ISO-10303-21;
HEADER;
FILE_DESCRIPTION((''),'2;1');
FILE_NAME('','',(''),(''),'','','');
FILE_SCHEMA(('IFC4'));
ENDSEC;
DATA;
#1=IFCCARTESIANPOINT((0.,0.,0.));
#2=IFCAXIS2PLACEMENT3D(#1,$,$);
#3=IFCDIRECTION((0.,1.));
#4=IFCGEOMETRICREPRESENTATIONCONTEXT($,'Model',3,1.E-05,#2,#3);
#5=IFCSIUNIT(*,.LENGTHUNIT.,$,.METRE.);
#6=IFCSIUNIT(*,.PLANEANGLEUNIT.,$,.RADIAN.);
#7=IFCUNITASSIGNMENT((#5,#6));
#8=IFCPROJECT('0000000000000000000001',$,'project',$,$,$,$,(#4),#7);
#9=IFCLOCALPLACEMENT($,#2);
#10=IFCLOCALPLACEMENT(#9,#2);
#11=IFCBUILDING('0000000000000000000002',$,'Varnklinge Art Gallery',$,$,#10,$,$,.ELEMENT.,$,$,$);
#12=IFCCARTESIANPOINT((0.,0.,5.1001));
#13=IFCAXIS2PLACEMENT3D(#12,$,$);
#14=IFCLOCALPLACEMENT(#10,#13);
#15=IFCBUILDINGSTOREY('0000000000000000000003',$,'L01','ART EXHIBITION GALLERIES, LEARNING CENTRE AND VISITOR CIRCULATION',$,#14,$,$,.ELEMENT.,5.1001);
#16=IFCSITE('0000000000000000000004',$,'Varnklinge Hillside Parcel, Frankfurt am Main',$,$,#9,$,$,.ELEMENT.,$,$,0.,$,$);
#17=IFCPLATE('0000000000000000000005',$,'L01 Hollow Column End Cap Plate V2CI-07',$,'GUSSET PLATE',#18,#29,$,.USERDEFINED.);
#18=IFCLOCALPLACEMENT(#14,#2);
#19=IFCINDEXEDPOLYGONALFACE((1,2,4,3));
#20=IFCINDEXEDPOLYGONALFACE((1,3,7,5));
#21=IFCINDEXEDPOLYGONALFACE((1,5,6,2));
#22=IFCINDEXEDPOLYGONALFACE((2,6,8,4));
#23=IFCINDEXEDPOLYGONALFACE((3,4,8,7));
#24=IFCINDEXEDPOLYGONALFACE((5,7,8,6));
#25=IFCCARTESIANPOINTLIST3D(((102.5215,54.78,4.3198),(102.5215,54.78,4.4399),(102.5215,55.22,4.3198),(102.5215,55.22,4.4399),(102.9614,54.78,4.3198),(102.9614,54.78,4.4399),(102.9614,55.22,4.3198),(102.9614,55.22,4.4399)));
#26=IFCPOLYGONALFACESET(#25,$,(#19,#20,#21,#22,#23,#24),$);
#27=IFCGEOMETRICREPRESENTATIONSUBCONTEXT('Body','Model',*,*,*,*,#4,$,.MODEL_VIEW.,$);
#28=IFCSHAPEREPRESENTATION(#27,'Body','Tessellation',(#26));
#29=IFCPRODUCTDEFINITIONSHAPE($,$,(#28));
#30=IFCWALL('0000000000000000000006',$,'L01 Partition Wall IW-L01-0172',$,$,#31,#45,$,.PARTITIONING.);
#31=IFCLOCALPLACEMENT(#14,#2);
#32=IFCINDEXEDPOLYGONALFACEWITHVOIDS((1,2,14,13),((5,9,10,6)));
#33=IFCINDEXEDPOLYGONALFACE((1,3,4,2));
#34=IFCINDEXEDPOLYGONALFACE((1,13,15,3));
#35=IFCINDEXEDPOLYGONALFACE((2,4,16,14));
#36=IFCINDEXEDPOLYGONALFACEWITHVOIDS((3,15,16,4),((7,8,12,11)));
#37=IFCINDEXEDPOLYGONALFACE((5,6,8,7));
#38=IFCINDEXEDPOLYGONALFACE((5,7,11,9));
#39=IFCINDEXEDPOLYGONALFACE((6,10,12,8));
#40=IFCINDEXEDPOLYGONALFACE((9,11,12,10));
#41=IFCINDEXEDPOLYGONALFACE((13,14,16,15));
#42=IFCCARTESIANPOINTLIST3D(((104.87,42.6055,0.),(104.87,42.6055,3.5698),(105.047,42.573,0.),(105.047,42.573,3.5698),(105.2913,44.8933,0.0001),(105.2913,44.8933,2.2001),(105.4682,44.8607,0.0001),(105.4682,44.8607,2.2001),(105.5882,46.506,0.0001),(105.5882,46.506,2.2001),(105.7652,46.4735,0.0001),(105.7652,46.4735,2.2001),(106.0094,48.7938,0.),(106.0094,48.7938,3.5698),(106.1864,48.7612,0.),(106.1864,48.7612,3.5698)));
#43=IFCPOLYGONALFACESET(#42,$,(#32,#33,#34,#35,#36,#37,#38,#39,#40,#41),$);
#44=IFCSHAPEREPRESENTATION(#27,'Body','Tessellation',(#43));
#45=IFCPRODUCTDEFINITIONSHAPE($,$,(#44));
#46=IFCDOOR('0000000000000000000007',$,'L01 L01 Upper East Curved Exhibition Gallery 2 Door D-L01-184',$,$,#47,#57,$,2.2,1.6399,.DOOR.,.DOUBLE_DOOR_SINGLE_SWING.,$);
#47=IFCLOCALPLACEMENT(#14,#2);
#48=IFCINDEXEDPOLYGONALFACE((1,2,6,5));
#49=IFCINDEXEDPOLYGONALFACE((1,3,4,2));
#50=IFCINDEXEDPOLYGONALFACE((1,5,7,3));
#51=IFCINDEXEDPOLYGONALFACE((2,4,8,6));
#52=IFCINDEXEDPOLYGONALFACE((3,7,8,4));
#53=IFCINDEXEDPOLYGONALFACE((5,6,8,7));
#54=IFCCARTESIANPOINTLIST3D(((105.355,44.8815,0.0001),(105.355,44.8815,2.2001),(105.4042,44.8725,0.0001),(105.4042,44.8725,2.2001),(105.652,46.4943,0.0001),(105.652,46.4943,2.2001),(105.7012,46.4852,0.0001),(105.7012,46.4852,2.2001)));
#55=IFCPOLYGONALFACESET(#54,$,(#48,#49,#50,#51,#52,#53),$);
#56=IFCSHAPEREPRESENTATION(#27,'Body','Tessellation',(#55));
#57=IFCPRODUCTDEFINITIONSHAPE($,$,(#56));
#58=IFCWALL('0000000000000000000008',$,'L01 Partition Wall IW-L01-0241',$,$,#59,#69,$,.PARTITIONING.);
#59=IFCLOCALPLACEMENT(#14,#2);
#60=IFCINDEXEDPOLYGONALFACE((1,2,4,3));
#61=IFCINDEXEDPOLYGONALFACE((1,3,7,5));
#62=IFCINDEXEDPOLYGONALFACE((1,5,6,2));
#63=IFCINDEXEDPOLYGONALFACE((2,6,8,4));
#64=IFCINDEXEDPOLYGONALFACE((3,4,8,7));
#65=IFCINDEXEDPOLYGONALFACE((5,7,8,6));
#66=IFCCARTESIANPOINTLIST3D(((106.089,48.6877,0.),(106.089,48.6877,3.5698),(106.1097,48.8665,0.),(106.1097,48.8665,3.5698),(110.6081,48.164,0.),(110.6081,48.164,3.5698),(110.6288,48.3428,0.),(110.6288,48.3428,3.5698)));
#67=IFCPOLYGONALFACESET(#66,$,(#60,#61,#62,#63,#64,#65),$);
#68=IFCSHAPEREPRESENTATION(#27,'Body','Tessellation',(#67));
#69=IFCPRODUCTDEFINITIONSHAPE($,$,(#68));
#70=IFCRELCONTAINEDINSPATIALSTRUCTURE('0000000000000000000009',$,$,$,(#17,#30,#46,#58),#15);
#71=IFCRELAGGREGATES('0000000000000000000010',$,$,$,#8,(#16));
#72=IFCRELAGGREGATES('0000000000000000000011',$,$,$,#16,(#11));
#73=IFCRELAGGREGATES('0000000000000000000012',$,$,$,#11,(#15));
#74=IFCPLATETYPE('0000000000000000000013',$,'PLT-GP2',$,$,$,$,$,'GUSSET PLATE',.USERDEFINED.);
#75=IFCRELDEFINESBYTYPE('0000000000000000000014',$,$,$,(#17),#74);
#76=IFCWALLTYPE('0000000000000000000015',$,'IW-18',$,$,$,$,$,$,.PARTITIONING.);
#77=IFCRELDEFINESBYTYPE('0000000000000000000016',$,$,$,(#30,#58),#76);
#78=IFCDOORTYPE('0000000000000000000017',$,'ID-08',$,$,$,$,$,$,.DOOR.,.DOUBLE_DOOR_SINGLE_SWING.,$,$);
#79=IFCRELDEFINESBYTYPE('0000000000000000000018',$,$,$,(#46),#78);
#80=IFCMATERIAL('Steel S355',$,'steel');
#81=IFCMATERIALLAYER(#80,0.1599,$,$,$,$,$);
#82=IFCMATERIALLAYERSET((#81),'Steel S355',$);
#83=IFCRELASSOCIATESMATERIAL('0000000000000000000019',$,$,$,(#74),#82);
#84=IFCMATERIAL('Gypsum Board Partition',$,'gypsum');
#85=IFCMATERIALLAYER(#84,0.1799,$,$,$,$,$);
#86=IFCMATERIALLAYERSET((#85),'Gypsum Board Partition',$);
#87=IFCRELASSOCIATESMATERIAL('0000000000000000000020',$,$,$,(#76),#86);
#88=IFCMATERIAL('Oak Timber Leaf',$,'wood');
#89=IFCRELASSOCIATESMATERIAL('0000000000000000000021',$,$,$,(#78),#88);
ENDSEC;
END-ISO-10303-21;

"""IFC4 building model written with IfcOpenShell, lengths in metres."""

from ifc_helpers import new_model, si_unit, direction, frame, frame_2d, origin, origin_2d, place, context, subcontext, project, spatial, rectangle, extrude, material, layer, layer_set, type_object, element, fill, save


model = new_model("IFC4")

# Units and contexts
model_context = context("Model", 3, precision=1e-05, world=origin(), true_north=direction((0.0, 1.0)))
body_context = subcontext(model_context, "Body", "Model", "MODEL_VIEW")
ifc_project = project(units=[si_unit("LENGTHUNIT", "METRE"), si_unit("PLANEANGLEUNIT", "RADIAN")], contexts=[model_context])

# Site, building, storey
site_placement = place(None, origin())
site = spatial("IfcSite", under=ifc_project, at=site_placement, Name="Varnklinge Hillside Parcel, Frankfurt am Main", CompositionType="ELEMENT", RefElevation=0.0)
building_placement = place(site_placement, origin())
building = spatial("IfcBuilding", under=site, at=building_placement, Name="Varnklinge Art Gallery", CompositionType="ELEMENT")
storey_placement = place(building_placement, frame((0.0, 0.0, 5.1001)))
storey = spatial("IfcBuildingStorey", under=building, at=storey_placement, Name="L01", Description="ART EXHIBITION GALLERIES, LEARNING CENTRE AND VISITOR CIRCULATION", CompositionType="ELEMENT", Elevation=5.1001)

# Plate
ifc_material_1 = material(Name="Steel S355", Category="steel")
ifc_layer_1 = layer(ifc_material_1, 0.1599)
ifc_layer_set_1 = layer_set([ifc_layer_1], Name="Steel S355")
plate_type_1 = type_object("IfcPlateType", Name="PLT-GP2", ElementType="GUSSET PLATE", PredefinedType="USERDEFINED", material=ifc_layer_set_1)
for number, where, z_axis, x_axis, name in (
    (1, (102.7415, 55.0, 4.3198), (0.0, 0.0, 1.0), (-1.0, 0.0, 0.0), "L01 Hollow Column End Cap Plate V2CI-07"),
):
    element("IfcPlate", number, at=place(storey_placement, frame(where, z_axis=z_axis, x_axis=x_axis)), inside=storey, type_object=plate_type_1, Name=name, ObjectType="GUSSET PLATE", PredefinedType="USERDEFINED", context=body_context, shape_type="SweptSolid", body=[
        extrude(rectangle(XDim=0.4399, YDim=0.4399, at=origin_2d()), origin(), (0.0, 0.0, 1.0), 0.1201),
    ])

# Wall, opening, door
ifc_material_2 = material(Name="Gypsum Board Partition", Category="gypsum")
ifc_layer_2 = layer(ifc_material_2, 0.1799)
ifc_layer_set_2 = layer_set([ifc_layer_2], Name="Gypsum Board Partition")
wall_type = type_object("IfcWallType", Name="IW-18", PredefinedType="PARTITIONING", material=ifc_layer_set_2)
wall_1_placement = place(storey_placement, frame((106.0979, 48.7773, 0.0), z_axis=(0.0, 0.0, 1.0), x_axis=(-0.18108, -0.983468, 0.0)))
wall_1 = element("IfcWall", 2, at=wall_1_placement, inside=storey, type_object=wall_type, Name="L01 Partition Wall IW-L01-0172", PredefinedType="PARTITIONING", context=body_context, shape_type="SweptSolid", body=[
    extrude(rectangle(XDim=6.2922, YDim=0.1799, at=frame_2d((3.146, 0.0))), origin(), (0.0, 0.0, 1.0), 3.5698),
])
opening_placement = place(wall_1_placement, frame((2.3262, 0.0, 0.0)))
opening = element("IfcOpeningElement", 3, at=opening_placement, cuts=wall_1, PredefinedType="OPENING", context=body_context, shape_type="SweptSolid", body=[
    extrude(rectangle(XDim=1.6399, YDim=2.2, at=frame_2d((0.8198, 1.1001))), frame((0.0, 0.0999, 0.0), z_axis=(0.0, -1.0, 0.0), x_axis=(1.0, 0.0, 0.0)), (0.0, 0.0, 1.0), 0.2),
])
ifc_material_3 = material(Name="Oak Timber Leaf", Category="wood")
door_type = type_object("IfcDoorType", Name="ID-08", OperationType="DOUBLE_DOOR_SINGLE_SWING", PredefinedType="DOOR", material=ifc_material_3)
door_placement = place(opening_placement, origin())
door = element("IfcDoor", 4, at=door_placement, inside=storey, type_object=door_type, Name="L01 L01 Upper East Curved Exhibition Gallery 2 Door D-L01-184", OperationType="DOUBLE_DOOR_SINGLE_SWING", OverallHeight=2.2, OverallWidth=1.6399, PredefinedType="DOOR", context=body_context, shape_type="SweptSolid", body=[
    extrude(rectangle(XDim=1.6399, YDim=2.2, at=frame_2d((0.8198, 1.1001))), frame((0.0, 0.0249, 0.0), z_axis=(0.0, -1.0, 0.0), x_axis=(1.0, 0.0, 0.0)), (0.0, 0.0, 1.0), 0.05),
])
fill(opening, door)

# Wall
wall_2_placement = place(storey_placement, frame((106.0994, 48.7771, 0.0), z_axis=(0.0, 0.0, 1.0), x_axis=(0.993352, -0.115113, 0.0)))
element("IfcWall", 5, at=wall_2_placement, inside=storey, type_object=wall_type, Name="L01 Partition Wall IW-L01-0241", PredefinedType="PARTITIONING", context=body_context, shape_type="SweptSolid", body=[
    extrude(rectangle(XDim=4.5493, YDim=0.1799, at=frame_2d((2.2747, 0.0))), origin(), (0.0, 0.0, 1.0), 3.5698),
])

save(model, "model.ifc")
